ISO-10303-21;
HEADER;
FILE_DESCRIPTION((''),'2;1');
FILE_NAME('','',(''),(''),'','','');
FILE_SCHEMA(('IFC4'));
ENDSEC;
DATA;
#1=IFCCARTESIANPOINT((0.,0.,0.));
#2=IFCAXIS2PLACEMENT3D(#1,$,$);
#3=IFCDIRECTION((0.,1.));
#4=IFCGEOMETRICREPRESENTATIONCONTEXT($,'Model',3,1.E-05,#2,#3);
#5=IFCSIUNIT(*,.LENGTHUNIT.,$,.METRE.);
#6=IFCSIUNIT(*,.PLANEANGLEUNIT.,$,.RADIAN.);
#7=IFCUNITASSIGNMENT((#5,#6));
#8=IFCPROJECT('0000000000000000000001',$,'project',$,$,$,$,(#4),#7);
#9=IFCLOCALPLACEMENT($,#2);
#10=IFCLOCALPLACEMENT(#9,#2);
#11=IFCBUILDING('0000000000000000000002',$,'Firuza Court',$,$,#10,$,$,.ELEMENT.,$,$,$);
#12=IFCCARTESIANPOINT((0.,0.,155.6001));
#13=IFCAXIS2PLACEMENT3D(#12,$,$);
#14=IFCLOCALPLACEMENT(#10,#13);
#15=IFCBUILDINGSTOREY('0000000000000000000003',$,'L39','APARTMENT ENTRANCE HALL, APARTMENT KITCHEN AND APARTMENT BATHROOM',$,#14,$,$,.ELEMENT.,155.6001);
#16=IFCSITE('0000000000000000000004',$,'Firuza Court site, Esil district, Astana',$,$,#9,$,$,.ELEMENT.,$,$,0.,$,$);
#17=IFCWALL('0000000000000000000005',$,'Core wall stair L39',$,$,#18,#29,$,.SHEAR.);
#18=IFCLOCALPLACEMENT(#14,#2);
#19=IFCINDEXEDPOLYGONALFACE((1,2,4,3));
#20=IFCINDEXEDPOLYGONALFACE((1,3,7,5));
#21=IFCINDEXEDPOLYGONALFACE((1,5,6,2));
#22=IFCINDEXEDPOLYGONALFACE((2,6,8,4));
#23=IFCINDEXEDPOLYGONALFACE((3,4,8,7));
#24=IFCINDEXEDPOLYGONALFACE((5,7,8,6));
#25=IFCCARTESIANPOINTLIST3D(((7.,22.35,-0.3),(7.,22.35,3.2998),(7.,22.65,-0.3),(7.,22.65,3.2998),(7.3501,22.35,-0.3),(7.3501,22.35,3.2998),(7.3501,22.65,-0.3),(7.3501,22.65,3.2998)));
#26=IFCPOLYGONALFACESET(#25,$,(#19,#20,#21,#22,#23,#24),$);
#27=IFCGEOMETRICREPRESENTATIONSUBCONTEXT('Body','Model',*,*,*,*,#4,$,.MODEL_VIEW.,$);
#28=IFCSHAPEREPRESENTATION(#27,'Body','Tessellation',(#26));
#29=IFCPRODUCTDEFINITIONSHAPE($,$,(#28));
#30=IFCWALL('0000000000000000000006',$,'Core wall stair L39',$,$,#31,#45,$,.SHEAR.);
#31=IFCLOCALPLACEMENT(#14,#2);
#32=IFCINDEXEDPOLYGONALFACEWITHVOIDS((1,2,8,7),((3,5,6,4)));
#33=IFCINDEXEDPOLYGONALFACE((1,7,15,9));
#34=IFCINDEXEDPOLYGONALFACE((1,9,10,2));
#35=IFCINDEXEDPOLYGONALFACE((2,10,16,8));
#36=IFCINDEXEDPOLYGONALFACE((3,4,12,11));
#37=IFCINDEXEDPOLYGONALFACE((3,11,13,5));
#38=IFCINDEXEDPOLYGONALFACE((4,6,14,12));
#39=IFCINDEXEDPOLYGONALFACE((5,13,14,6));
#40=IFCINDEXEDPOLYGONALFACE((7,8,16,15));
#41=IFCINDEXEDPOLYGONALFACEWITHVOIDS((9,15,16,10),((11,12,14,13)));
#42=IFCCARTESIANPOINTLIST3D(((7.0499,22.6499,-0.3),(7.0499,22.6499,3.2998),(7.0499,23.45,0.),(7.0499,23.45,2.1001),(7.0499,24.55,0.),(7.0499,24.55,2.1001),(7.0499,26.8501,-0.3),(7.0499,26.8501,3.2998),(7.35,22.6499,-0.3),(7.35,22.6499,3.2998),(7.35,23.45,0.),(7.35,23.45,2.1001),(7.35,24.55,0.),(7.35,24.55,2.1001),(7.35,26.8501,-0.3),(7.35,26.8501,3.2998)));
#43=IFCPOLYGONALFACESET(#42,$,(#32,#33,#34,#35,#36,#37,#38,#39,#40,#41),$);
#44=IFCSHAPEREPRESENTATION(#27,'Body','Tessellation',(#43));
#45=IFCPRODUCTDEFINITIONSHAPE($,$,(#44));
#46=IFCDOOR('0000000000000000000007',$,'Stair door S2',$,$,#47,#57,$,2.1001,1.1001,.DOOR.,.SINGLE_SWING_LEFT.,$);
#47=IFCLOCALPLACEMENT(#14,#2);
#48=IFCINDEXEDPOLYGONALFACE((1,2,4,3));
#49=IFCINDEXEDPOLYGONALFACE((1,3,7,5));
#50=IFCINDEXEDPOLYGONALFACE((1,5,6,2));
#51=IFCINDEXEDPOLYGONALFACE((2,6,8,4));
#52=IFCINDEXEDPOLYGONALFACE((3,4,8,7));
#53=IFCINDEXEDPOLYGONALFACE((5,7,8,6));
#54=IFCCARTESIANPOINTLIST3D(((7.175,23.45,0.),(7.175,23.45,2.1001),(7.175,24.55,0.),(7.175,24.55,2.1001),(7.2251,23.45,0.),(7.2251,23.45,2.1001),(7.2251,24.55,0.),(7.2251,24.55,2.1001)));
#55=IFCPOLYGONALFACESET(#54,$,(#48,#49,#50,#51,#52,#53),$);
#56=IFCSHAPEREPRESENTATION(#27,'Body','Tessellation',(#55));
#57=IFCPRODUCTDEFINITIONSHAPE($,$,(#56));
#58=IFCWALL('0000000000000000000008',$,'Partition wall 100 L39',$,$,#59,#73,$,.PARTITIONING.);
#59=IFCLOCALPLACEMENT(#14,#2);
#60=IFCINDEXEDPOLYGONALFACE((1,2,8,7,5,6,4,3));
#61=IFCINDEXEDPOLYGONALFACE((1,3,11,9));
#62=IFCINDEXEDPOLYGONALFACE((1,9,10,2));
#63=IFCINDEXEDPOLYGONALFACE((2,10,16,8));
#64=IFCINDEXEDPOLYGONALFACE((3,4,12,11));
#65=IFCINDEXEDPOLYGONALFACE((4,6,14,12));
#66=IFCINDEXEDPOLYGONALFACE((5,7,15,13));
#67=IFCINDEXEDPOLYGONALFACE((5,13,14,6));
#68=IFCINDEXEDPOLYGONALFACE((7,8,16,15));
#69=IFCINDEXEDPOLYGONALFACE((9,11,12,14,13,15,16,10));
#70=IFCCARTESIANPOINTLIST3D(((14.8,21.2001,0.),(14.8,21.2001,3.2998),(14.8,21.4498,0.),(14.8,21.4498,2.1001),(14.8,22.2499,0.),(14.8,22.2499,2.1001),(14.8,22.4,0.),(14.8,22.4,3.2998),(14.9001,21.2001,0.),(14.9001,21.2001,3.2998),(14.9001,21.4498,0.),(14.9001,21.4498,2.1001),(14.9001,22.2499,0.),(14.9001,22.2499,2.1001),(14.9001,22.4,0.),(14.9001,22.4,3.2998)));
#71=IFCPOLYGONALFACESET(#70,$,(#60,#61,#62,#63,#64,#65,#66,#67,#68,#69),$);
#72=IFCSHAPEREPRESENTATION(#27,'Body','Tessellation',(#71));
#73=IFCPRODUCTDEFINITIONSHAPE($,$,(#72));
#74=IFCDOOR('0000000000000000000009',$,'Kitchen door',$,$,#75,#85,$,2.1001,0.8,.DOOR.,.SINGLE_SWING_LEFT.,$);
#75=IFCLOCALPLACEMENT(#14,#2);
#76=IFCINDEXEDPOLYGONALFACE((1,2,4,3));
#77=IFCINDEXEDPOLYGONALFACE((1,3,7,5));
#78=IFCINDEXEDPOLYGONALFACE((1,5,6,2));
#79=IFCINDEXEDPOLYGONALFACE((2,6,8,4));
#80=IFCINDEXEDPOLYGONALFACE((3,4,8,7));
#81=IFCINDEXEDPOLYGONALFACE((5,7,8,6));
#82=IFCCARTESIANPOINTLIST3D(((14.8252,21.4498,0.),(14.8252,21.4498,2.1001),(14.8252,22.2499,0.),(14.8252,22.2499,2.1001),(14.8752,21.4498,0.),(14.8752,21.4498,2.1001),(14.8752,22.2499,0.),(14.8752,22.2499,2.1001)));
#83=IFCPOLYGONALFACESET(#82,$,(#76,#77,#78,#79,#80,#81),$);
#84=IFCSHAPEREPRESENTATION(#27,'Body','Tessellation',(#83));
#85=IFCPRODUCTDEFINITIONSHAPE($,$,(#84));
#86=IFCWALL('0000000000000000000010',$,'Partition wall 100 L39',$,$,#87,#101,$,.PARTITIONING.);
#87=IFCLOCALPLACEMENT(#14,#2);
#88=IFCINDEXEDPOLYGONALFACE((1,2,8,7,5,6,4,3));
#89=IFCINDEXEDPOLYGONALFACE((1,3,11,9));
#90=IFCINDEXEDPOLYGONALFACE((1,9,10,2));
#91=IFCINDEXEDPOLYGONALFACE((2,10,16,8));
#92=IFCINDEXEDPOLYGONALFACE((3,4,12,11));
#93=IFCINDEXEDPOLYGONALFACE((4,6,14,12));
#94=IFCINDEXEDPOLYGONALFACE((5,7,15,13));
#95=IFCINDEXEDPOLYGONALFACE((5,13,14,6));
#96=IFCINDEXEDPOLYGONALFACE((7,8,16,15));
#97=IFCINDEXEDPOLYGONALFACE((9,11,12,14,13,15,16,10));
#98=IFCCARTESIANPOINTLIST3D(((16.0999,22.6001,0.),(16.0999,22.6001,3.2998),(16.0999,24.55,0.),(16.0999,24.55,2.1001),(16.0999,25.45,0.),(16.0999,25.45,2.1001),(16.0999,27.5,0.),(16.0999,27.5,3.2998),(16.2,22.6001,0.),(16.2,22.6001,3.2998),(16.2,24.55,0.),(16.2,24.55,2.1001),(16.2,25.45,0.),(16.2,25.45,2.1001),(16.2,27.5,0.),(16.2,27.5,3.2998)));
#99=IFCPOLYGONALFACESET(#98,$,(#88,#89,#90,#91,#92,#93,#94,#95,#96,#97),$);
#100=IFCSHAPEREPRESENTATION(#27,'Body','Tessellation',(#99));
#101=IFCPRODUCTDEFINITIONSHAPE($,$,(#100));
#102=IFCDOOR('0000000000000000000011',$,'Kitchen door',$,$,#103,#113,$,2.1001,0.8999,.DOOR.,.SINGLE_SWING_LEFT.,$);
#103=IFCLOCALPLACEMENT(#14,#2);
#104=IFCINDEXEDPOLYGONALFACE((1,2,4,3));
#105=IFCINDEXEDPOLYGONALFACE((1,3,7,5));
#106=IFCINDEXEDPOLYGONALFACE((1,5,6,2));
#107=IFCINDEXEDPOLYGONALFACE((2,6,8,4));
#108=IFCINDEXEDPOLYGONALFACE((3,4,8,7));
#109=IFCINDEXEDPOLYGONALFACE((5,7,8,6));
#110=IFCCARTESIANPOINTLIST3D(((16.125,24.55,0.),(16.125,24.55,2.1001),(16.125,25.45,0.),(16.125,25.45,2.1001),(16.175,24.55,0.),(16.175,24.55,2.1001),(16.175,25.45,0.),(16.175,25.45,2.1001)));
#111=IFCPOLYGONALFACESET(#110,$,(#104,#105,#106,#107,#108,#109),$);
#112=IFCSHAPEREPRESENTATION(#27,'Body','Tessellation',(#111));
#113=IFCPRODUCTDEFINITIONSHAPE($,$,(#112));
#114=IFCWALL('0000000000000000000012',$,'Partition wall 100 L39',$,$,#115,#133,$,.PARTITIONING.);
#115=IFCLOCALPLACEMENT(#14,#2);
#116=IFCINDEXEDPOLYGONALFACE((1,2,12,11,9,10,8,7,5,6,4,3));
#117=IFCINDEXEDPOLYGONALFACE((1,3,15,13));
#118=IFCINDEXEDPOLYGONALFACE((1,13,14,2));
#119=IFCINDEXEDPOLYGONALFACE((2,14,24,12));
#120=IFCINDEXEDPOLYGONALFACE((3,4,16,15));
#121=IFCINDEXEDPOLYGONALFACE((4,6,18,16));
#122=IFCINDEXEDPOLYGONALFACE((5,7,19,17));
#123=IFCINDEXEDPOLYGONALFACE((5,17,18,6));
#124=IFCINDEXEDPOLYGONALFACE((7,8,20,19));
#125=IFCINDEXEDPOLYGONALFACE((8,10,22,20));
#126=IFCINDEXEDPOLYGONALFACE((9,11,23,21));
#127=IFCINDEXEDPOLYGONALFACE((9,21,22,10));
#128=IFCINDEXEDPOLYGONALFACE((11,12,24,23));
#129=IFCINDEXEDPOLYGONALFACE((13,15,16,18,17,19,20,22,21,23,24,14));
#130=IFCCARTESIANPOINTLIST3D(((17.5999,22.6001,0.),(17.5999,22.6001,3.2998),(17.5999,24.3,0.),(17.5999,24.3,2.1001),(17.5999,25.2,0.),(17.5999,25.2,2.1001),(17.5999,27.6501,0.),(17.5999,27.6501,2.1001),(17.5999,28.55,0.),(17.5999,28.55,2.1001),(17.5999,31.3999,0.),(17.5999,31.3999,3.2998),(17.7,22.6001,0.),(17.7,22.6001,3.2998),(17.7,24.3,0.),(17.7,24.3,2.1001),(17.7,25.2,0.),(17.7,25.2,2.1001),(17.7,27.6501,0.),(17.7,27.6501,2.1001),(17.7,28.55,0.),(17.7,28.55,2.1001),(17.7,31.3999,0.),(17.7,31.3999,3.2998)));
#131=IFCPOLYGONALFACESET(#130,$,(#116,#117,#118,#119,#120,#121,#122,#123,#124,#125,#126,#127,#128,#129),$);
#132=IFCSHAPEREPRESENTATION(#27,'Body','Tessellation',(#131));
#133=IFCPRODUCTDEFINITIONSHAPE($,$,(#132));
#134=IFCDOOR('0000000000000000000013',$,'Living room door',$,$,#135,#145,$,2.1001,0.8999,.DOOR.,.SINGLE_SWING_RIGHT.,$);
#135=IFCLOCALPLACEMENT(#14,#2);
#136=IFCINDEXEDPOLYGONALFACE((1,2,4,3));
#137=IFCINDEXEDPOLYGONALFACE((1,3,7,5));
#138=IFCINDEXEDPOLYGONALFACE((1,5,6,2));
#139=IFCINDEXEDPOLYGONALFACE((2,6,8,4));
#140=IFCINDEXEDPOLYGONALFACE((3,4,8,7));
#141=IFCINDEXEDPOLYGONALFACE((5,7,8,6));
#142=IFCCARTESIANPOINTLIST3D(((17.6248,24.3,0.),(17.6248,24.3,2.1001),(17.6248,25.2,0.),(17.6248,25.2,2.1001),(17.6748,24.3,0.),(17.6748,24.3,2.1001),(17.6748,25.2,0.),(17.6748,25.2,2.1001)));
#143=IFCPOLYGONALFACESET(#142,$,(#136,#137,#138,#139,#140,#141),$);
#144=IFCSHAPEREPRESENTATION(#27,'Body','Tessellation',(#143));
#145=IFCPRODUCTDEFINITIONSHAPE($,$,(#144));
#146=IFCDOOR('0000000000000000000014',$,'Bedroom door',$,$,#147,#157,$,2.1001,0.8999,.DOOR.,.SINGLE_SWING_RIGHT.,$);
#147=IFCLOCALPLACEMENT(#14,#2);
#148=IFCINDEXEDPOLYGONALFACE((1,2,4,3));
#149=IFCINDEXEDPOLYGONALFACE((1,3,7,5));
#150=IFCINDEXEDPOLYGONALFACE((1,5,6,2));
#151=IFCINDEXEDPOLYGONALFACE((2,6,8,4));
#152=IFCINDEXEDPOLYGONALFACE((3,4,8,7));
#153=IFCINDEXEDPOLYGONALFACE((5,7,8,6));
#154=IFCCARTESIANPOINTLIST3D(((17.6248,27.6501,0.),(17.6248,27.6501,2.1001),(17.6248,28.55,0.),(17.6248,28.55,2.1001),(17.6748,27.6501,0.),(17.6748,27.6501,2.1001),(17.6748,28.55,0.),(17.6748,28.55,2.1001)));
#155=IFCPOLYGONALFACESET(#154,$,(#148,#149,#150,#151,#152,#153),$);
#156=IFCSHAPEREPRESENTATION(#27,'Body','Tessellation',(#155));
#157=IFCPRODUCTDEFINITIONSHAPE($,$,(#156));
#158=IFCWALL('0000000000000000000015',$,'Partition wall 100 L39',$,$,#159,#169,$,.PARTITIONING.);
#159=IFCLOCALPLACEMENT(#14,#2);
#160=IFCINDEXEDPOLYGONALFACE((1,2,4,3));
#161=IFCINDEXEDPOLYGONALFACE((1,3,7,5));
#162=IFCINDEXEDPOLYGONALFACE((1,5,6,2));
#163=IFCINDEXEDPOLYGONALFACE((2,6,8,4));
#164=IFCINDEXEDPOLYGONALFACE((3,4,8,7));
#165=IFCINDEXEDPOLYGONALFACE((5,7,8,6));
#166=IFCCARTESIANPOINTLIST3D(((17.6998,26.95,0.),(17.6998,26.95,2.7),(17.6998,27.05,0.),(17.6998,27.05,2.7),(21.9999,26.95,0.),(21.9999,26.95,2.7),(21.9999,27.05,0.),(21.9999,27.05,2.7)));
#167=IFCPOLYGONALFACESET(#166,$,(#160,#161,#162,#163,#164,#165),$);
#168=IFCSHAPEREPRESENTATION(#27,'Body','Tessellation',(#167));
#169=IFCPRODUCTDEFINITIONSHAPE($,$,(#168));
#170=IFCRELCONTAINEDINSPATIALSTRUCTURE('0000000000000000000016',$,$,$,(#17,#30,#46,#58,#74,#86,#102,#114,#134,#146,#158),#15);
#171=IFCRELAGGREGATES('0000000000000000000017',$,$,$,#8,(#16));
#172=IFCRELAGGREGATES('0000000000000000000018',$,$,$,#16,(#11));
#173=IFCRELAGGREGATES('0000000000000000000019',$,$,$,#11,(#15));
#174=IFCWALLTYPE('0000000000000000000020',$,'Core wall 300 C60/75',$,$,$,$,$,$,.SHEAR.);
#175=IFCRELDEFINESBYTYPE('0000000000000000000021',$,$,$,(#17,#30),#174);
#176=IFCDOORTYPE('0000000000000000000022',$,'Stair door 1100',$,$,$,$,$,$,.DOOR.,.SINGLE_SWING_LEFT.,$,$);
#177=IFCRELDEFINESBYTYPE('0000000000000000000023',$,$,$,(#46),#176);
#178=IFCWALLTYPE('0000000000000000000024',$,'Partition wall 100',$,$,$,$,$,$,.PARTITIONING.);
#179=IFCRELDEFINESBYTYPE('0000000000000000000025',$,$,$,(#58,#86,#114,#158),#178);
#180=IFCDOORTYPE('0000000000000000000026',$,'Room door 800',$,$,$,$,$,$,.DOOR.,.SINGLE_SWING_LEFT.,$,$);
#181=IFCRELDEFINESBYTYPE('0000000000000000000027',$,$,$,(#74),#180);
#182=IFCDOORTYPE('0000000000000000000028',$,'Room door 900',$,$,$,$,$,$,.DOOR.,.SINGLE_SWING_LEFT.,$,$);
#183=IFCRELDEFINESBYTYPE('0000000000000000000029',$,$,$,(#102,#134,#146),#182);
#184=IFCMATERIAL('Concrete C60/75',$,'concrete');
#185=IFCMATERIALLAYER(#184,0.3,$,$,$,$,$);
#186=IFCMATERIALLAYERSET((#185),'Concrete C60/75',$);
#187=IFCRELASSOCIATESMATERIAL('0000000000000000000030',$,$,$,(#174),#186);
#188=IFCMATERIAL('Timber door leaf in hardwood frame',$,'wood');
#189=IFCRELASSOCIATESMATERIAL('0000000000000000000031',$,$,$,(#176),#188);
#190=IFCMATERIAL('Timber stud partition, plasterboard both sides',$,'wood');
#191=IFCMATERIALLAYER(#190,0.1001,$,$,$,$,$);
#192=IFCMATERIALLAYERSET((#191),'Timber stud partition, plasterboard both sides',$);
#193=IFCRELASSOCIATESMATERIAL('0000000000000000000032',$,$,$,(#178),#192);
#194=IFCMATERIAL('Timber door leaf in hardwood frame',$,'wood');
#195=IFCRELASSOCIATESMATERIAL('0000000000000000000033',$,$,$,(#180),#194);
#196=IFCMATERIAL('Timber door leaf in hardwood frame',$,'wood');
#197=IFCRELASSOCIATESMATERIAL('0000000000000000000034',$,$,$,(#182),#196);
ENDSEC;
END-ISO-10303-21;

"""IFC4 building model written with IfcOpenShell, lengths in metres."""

from ifc_helpers import new_model, si_unit, direction, frame, frame_2d, origin, place, context, subcontext, project, spatial, rectangle, extrude, material, layer, layer_set, type_object, element, fill, save


model = new_model("IFC4")

# Units and contexts
model_context = context("Model", 3, precision=1e-05, world=origin(), true_north=direction((0.0, 1.0)))
body_context = subcontext(model_context, "Body", "Model", "MODEL_VIEW")
ifc_project = project(units=[si_unit("LENGTHUNIT", "METRE"), si_unit("PLANEANGLEUNIT", "RADIAN")], contexts=[model_context])

# Site, building, storey
site_placement = place(None, origin())
site = spatial("IfcSite", under=ifc_project, at=site_placement, Name="Firuza Court site, Esil district, Astana", CompositionType="ELEMENT", RefElevation=0.0)
building_placement = place(site_placement, origin())
building = spatial("IfcBuilding", under=site, at=building_placement, Name="Firuza Court", CompositionType="ELEMENT")
storey_placement = place(building_placement, frame((0.0, 0.0, 155.6001)))
storey = spatial("IfcBuildingStorey", under=building, at=storey_placement, Name="L39", Description="APARTMENT ENTRANCE HALL, APARTMENT KITCHEN AND APARTMENT BATHROOM", CompositionType="ELEMENT", Elevation=155.6001)

# Wall
ifc_material_1 = material(Name="Concrete C60/75", Category="concrete")
ifc_layer_1 = layer(ifc_material_1, 0.3)
ifc_layer_set_1 = layer_set([ifc_layer_1], Name="Concrete C60/75")
wall_type_1 = type_object("IfcWallType", Name="Core wall 300 C60/75", PredefinedType="SHEAR", material=ifc_layer_set_1)
wall_1_placement = place(storey_placement, frame((7.0, 22.5, -0.3), z_axis=(0.0, 0.0, 1.0), x_axis=(1.0, 0.0, 0.0)))
element("IfcWall", 1, at=wall_1_placement, inside=storey, type_object=wall_type_1, Name="Core wall stair L39", PredefinedType="SHEAR", context=body_context, shape_type="SweptSolid", body=[
    extrude(rectangle(XDim=0.3501, YDim=0.3, at=frame_2d((0.175, 0.0))), origin(), (0.0, 0.0, 1.0), 3.5999),
])

# Walls, openings, doors
wall_2_placement = place(storey_placement, frame((7.2, 22.6499, -0.3), z_axis=(0.0, 0.0, 1.0), x_axis=(0.0, 1.0, 0.0)))
wall_2 = element("IfcWall", 2, at=wall_2_placement, inside=storey, type_object=wall_type_1, Name="Core wall stair L39", PredefinedType="SHEAR", context=body_context, shape_type="SweptSolid", body=[
    extrude(rectangle(XDim=4.2002, YDim=0.3, at=frame_2d((2.1001, 0.0))), origin(), (0.0, 0.0, 1.0), 3.5999),
])
opening_1_placement = place(wall_2_placement, frame((0.8, 0.0, 0.3)))
opening_1 = element("IfcOpeningElement", 3, at=opening_1_placement, cuts=wall_2, PredefinedType="OPENING", context=body_context, shape_type="SweptSolid", body=[
    extrude(rectangle(XDim=1.1001, YDim=2.1001, at=frame_2d((0.55, 1.05))), frame((0.0, 0.1621, 0.0), z_axis=(0.0, -1.0, 0.0), x_axis=(1.0, 0.0, 0.0)), (0.0, 0.0, 1.0), 0.324),
])
ifc_material_2 = material(Name="Timber door leaf in hardwood frame", Category="wood")
door_type_1 = type_object("IfcDoorType", Name="Stair door 1100", OperationType="SINGLE_SWING_LEFT", PredefinedType="DOOR", material=ifc_material_2)
door_1_placement = place(opening_1_placement, origin())
door_1 = element("IfcDoor", 4, at=door_1_placement, inside=storey, type_object=door_type_1, Name="Stair door S2", OperationType="SINGLE_SWING_LEFT", OverallHeight=2.1001, OverallWidth=1.1001, PredefinedType="DOOR", context=body_context, shape_type="SweptSolid", body=[
    extrude(rectangle(XDim=1.1001, YDim=2.1001, at=frame_2d((0.55, 1.05))), frame((0.0, 0.0249, 0.0), z_axis=(0.0, -1.0, 0.0), x_axis=(1.0, 0.0, 0.0)), (0.0, 0.0, 1.0), 0.05),
])
fill(opening_1, door_1)
ifc_material_3 = material(Name="Timber stud partition, plasterboard both sides", Category="wood")
ifc_layer_2 = layer(ifc_material_3, 0.1001)
ifc_layer_set_2 = layer_set([ifc_layer_2], Name="Timber stud partition, plasterboard both sides")
wall_type_2 = type_object("IfcWallType", Name="Partition wall 100", PredefinedType="PARTITIONING", material=ifc_layer_set_2)
wall_3_placement = place(storey_placement, frame((14.8501, 21.2, 0.0), z_axis=(0.0, 0.0, 1.0), x_axis=(0.0, 1.0, 0.0)))
wall_3 = element("IfcWall", 5, at=wall_3_placement, inside=storey, type_object=wall_type_2, Name="Partition wall 100 L39", PredefinedType="PARTITIONING", context=body_context, shape_type="SweptSolid", body=[
    extrude(rectangle(XDim=1.2, YDim=0.1001, at=frame_2d((0.6001, 0.0))), origin(), (0.0, 0.0, 1.0), 3.2998),
])
opening_2_placement = place(wall_3_placement, frame((0.25, 0.0, 0.0)))
opening_2 = element("IfcOpeningElement", 6, at=opening_2_placement, cuts=wall_3, PredefinedType="OPENING", context=body_context, shape_type="SweptSolid", body=[
    extrude(rectangle(XDim=0.8, YDim=2.1001, at=frame_2d((0.3999, 1.05))), frame((0.0, 0.062, 0.0), z_axis=(0.0, -1.0, 0.0), x_axis=(1.0, 0.0, 0.0)), (0.0, 0.0, 1.0), 0.124),
])
ifc_material_4 = material(Name="Timber door leaf in hardwood frame", Category="wood")
door_type_2 = type_object("IfcDoorType", Name="Room door 800", OperationType="SINGLE_SWING_LEFT", PredefinedType="DOOR", material=ifc_material_4)
door_2_placement = place(opening_2_placement, origin())
door_2 = element("IfcDoor", 7, at=door_2_placement, inside=storey, type_object=door_type_2, Name="Kitchen door", OperationType="SINGLE_SWING_LEFT", OverallHeight=2.1001, OverallWidth=0.8, PredefinedType="DOOR", context=body_context, shape_type="SweptSolid", body=[
    extrude(rectangle(XDim=0.8, YDim=2.1001, at=frame_2d((0.3999, 1.05))), frame((0.0, 0.0249, 0.0), z_axis=(0.0, -1.0, 0.0), x_axis=(1.0, 0.0, 0.0)), (0.0, 0.0, 1.0), 0.05),
])
fill(opening_2, door_2)
wall_4_placement = place(storey_placement, frame((16.1499, 22.6001, 0.0), z_axis=(0.0, 0.0, 1.0), x_axis=(0.0, 1.0, 0.0)))
wall_4 = element("IfcWall", 8, at=wall_4_placement, inside=storey, type_object=wall_type_2, Name="Partition wall 100 L39", PredefinedType="PARTITIONING", context=body_context, shape_type="SweptSolid", body=[
    extrude(rectangle(XDim=4.8999, YDim=0.1001, at=frame_2d((2.45, 0.0))), origin(), (0.0, 0.0, 1.0), 3.2998),
])
opening_3_placement = place(wall_4_placement, frame((1.95, 0.0, 0.0)))
opening_3 = element("IfcOpeningElement", 9, at=opening_3_placement, cuts=wall_4, PredefinedType="OPENING", context=body_context, shape_type="SweptSolid", body=[
    extrude(rectangle(XDim=0.8999, YDim=2.1001, at=frame_2d((0.45, 1.05))), frame((0.0, 0.062, 0.0), z_axis=(0.0, -1.0, 0.0), x_axis=(1.0, 0.0, 0.0)), (0.0, 0.0, 1.0), 0.124),
])
ifc_material_5 = material(Name="Timber door leaf in hardwood frame", Category="wood")
door_type_3 = type_object("IfcDoorType", Name="Room door 900", OperationType="SINGLE_SWING_LEFT", PredefinedType="DOOR", material=ifc_material_5)
door_3_placement = place(opening_3_placement, origin())
door_3 = element("IfcDoor", 10, at=door_3_placement, inside=storey, type_object=door_type_3, Name="Kitchen door", OperationType="SINGLE_SWING_LEFT", OverallHeight=2.1001, OverallWidth=0.8999, PredefinedType="DOOR", context=body_context, shape_type="SweptSolid", body=[
    extrude(rectangle(XDim=0.8999, YDim=2.1001, at=frame_2d((0.45, 1.05))), frame((0.0, 0.0249, 0.0), z_axis=(0.0, -1.0, 0.0), x_axis=(1.0, 0.0, 0.0)), (0.0, 0.0, 1.0), 0.05),
])
fill(opening_3, door_3)

# Wall, openings, doors
wall_5_placement = place(storey_placement, frame((17.6499, 22.6001, 0.0), z_axis=(0.0, 0.0, 1.0), x_axis=(0.0, 1.0, 0.0)))
wall_5 = element("IfcWall", 11, at=wall_5_placement, inside=storey, type_object=wall_type_2, Name="Partition wall 100 L39", PredefinedType="PARTITIONING", context=body_context, shape_type="SweptSolid", body=[
    extrude(rectangle(XDim=8.7998, YDim=0.1001, at=frame_2d((4.3999, 0.0))), origin(), (0.0, 0.0, 1.0), 3.2998),
])
opening_4_placement = place(wall_5_placement, frame((1.7, 0.0, 0.0)))
opening_4 = element("IfcOpeningElement", 12, at=opening_4_placement, cuts=wall_5, PredefinedType="OPENING", context=body_context, shape_type="SweptSolid", body=[
    extrude(rectangle(XDim=0.8999, YDim=2.1001, at=frame_2d((0.45, 1.05))), frame((0.0, 0.062, 0.0), z_axis=(0.0, -1.0, 0.0), x_axis=(1.0, 0.0, 0.0)), (0.0, 0.0, 1.0), 0.124),
])
opening_5_placement = place(wall_5_placement, frame((5.05, 0.0, 0.0)))
opening_5 = element("IfcOpeningElement", 13, at=opening_5_placement, cuts=wall_5, PredefinedType="OPENING", context=body_context, shape_type="SweptSolid", body=[
    extrude(rectangle(XDim=0.8999, YDim=2.1001, at=frame_2d((0.45, 1.05))), frame((0.0, 0.062, 0.0), z_axis=(0.0, -1.0, 0.0), x_axis=(1.0, 0.0, 0.0)), (0.0, 0.0, 1.0), 0.124),
])
door_4_placement = place(opening_4_placement, frame((0.8999, 0.0, 0.0), z_axis=(0.0, 0.0, 1.0), x_axis=(-1.0, 0.0, 0.0)))
door_4 = element("IfcDoor", 14, at=door_4_placement, inside=storey, type_object=door_type_3, Name="Living room door", OperationType="SINGLE_SWING_RIGHT", OverallHeight=2.1001, OverallWidth=0.8999, PredefinedType="DOOR", context=body_context, shape_type="SweptSolid", body=[
    extrude(rectangle(XDim=0.8999, YDim=2.1001, at=frame_2d((0.45, 1.05))), frame((0.0, 0.0249, 0.0), z_axis=(0.0, -1.0, 0.0), x_axis=(1.0, 0.0, 0.0)), (0.0, 0.0, 1.0), 0.05),
])
fill(opening_4, door_4)
door_5_placement = place(opening_5_placement, frame((0.8999, 0.0, 0.0), z_axis=(0.0, 0.0, 1.0), x_axis=(-1.0, 0.0, 0.0)))
door_5 = element("IfcDoor", 15, at=door_5_placement, inside=storey, type_object=door_type_3, Name="Bedroom door", OperationType="SINGLE_SWING_RIGHT", OverallHeight=2.1001, OverallWidth=0.8999, PredefinedType="DOOR", context=body_context, shape_type="SweptSolid", body=[
    extrude(rectangle(XDim=0.8999, YDim=2.1001, at=frame_2d((0.45, 1.05))), frame((0.0, 0.0249, 0.0), z_axis=(0.0, -1.0, 0.0), x_axis=(1.0, 0.0, 0.0)), (0.0, 0.0, 1.0), 0.05),
])
fill(opening_5, door_5)

# Wall
wall_6_placement = place(storey_placement, frame((17.7, 27.0, 0.0), z_axis=(0.0, 0.0, 1.0), x_axis=(1.0, 0.0, 0.0)))
element("IfcWall", 16, at=wall_6_placement, inside=storey, type_object=wall_type_2, Name="Partition wall 100 L39", PredefinedType="PARTITIONING", context=body_context, shape_type="SweptSolid", body=[
    extrude(rectangle(XDim=4.3, YDim=0.1001, at=frame_2d((2.1499, 0.0))), origin(), (0.0, 0.0, 1.0), 2.7),
])

save(model, "model.ifc")
